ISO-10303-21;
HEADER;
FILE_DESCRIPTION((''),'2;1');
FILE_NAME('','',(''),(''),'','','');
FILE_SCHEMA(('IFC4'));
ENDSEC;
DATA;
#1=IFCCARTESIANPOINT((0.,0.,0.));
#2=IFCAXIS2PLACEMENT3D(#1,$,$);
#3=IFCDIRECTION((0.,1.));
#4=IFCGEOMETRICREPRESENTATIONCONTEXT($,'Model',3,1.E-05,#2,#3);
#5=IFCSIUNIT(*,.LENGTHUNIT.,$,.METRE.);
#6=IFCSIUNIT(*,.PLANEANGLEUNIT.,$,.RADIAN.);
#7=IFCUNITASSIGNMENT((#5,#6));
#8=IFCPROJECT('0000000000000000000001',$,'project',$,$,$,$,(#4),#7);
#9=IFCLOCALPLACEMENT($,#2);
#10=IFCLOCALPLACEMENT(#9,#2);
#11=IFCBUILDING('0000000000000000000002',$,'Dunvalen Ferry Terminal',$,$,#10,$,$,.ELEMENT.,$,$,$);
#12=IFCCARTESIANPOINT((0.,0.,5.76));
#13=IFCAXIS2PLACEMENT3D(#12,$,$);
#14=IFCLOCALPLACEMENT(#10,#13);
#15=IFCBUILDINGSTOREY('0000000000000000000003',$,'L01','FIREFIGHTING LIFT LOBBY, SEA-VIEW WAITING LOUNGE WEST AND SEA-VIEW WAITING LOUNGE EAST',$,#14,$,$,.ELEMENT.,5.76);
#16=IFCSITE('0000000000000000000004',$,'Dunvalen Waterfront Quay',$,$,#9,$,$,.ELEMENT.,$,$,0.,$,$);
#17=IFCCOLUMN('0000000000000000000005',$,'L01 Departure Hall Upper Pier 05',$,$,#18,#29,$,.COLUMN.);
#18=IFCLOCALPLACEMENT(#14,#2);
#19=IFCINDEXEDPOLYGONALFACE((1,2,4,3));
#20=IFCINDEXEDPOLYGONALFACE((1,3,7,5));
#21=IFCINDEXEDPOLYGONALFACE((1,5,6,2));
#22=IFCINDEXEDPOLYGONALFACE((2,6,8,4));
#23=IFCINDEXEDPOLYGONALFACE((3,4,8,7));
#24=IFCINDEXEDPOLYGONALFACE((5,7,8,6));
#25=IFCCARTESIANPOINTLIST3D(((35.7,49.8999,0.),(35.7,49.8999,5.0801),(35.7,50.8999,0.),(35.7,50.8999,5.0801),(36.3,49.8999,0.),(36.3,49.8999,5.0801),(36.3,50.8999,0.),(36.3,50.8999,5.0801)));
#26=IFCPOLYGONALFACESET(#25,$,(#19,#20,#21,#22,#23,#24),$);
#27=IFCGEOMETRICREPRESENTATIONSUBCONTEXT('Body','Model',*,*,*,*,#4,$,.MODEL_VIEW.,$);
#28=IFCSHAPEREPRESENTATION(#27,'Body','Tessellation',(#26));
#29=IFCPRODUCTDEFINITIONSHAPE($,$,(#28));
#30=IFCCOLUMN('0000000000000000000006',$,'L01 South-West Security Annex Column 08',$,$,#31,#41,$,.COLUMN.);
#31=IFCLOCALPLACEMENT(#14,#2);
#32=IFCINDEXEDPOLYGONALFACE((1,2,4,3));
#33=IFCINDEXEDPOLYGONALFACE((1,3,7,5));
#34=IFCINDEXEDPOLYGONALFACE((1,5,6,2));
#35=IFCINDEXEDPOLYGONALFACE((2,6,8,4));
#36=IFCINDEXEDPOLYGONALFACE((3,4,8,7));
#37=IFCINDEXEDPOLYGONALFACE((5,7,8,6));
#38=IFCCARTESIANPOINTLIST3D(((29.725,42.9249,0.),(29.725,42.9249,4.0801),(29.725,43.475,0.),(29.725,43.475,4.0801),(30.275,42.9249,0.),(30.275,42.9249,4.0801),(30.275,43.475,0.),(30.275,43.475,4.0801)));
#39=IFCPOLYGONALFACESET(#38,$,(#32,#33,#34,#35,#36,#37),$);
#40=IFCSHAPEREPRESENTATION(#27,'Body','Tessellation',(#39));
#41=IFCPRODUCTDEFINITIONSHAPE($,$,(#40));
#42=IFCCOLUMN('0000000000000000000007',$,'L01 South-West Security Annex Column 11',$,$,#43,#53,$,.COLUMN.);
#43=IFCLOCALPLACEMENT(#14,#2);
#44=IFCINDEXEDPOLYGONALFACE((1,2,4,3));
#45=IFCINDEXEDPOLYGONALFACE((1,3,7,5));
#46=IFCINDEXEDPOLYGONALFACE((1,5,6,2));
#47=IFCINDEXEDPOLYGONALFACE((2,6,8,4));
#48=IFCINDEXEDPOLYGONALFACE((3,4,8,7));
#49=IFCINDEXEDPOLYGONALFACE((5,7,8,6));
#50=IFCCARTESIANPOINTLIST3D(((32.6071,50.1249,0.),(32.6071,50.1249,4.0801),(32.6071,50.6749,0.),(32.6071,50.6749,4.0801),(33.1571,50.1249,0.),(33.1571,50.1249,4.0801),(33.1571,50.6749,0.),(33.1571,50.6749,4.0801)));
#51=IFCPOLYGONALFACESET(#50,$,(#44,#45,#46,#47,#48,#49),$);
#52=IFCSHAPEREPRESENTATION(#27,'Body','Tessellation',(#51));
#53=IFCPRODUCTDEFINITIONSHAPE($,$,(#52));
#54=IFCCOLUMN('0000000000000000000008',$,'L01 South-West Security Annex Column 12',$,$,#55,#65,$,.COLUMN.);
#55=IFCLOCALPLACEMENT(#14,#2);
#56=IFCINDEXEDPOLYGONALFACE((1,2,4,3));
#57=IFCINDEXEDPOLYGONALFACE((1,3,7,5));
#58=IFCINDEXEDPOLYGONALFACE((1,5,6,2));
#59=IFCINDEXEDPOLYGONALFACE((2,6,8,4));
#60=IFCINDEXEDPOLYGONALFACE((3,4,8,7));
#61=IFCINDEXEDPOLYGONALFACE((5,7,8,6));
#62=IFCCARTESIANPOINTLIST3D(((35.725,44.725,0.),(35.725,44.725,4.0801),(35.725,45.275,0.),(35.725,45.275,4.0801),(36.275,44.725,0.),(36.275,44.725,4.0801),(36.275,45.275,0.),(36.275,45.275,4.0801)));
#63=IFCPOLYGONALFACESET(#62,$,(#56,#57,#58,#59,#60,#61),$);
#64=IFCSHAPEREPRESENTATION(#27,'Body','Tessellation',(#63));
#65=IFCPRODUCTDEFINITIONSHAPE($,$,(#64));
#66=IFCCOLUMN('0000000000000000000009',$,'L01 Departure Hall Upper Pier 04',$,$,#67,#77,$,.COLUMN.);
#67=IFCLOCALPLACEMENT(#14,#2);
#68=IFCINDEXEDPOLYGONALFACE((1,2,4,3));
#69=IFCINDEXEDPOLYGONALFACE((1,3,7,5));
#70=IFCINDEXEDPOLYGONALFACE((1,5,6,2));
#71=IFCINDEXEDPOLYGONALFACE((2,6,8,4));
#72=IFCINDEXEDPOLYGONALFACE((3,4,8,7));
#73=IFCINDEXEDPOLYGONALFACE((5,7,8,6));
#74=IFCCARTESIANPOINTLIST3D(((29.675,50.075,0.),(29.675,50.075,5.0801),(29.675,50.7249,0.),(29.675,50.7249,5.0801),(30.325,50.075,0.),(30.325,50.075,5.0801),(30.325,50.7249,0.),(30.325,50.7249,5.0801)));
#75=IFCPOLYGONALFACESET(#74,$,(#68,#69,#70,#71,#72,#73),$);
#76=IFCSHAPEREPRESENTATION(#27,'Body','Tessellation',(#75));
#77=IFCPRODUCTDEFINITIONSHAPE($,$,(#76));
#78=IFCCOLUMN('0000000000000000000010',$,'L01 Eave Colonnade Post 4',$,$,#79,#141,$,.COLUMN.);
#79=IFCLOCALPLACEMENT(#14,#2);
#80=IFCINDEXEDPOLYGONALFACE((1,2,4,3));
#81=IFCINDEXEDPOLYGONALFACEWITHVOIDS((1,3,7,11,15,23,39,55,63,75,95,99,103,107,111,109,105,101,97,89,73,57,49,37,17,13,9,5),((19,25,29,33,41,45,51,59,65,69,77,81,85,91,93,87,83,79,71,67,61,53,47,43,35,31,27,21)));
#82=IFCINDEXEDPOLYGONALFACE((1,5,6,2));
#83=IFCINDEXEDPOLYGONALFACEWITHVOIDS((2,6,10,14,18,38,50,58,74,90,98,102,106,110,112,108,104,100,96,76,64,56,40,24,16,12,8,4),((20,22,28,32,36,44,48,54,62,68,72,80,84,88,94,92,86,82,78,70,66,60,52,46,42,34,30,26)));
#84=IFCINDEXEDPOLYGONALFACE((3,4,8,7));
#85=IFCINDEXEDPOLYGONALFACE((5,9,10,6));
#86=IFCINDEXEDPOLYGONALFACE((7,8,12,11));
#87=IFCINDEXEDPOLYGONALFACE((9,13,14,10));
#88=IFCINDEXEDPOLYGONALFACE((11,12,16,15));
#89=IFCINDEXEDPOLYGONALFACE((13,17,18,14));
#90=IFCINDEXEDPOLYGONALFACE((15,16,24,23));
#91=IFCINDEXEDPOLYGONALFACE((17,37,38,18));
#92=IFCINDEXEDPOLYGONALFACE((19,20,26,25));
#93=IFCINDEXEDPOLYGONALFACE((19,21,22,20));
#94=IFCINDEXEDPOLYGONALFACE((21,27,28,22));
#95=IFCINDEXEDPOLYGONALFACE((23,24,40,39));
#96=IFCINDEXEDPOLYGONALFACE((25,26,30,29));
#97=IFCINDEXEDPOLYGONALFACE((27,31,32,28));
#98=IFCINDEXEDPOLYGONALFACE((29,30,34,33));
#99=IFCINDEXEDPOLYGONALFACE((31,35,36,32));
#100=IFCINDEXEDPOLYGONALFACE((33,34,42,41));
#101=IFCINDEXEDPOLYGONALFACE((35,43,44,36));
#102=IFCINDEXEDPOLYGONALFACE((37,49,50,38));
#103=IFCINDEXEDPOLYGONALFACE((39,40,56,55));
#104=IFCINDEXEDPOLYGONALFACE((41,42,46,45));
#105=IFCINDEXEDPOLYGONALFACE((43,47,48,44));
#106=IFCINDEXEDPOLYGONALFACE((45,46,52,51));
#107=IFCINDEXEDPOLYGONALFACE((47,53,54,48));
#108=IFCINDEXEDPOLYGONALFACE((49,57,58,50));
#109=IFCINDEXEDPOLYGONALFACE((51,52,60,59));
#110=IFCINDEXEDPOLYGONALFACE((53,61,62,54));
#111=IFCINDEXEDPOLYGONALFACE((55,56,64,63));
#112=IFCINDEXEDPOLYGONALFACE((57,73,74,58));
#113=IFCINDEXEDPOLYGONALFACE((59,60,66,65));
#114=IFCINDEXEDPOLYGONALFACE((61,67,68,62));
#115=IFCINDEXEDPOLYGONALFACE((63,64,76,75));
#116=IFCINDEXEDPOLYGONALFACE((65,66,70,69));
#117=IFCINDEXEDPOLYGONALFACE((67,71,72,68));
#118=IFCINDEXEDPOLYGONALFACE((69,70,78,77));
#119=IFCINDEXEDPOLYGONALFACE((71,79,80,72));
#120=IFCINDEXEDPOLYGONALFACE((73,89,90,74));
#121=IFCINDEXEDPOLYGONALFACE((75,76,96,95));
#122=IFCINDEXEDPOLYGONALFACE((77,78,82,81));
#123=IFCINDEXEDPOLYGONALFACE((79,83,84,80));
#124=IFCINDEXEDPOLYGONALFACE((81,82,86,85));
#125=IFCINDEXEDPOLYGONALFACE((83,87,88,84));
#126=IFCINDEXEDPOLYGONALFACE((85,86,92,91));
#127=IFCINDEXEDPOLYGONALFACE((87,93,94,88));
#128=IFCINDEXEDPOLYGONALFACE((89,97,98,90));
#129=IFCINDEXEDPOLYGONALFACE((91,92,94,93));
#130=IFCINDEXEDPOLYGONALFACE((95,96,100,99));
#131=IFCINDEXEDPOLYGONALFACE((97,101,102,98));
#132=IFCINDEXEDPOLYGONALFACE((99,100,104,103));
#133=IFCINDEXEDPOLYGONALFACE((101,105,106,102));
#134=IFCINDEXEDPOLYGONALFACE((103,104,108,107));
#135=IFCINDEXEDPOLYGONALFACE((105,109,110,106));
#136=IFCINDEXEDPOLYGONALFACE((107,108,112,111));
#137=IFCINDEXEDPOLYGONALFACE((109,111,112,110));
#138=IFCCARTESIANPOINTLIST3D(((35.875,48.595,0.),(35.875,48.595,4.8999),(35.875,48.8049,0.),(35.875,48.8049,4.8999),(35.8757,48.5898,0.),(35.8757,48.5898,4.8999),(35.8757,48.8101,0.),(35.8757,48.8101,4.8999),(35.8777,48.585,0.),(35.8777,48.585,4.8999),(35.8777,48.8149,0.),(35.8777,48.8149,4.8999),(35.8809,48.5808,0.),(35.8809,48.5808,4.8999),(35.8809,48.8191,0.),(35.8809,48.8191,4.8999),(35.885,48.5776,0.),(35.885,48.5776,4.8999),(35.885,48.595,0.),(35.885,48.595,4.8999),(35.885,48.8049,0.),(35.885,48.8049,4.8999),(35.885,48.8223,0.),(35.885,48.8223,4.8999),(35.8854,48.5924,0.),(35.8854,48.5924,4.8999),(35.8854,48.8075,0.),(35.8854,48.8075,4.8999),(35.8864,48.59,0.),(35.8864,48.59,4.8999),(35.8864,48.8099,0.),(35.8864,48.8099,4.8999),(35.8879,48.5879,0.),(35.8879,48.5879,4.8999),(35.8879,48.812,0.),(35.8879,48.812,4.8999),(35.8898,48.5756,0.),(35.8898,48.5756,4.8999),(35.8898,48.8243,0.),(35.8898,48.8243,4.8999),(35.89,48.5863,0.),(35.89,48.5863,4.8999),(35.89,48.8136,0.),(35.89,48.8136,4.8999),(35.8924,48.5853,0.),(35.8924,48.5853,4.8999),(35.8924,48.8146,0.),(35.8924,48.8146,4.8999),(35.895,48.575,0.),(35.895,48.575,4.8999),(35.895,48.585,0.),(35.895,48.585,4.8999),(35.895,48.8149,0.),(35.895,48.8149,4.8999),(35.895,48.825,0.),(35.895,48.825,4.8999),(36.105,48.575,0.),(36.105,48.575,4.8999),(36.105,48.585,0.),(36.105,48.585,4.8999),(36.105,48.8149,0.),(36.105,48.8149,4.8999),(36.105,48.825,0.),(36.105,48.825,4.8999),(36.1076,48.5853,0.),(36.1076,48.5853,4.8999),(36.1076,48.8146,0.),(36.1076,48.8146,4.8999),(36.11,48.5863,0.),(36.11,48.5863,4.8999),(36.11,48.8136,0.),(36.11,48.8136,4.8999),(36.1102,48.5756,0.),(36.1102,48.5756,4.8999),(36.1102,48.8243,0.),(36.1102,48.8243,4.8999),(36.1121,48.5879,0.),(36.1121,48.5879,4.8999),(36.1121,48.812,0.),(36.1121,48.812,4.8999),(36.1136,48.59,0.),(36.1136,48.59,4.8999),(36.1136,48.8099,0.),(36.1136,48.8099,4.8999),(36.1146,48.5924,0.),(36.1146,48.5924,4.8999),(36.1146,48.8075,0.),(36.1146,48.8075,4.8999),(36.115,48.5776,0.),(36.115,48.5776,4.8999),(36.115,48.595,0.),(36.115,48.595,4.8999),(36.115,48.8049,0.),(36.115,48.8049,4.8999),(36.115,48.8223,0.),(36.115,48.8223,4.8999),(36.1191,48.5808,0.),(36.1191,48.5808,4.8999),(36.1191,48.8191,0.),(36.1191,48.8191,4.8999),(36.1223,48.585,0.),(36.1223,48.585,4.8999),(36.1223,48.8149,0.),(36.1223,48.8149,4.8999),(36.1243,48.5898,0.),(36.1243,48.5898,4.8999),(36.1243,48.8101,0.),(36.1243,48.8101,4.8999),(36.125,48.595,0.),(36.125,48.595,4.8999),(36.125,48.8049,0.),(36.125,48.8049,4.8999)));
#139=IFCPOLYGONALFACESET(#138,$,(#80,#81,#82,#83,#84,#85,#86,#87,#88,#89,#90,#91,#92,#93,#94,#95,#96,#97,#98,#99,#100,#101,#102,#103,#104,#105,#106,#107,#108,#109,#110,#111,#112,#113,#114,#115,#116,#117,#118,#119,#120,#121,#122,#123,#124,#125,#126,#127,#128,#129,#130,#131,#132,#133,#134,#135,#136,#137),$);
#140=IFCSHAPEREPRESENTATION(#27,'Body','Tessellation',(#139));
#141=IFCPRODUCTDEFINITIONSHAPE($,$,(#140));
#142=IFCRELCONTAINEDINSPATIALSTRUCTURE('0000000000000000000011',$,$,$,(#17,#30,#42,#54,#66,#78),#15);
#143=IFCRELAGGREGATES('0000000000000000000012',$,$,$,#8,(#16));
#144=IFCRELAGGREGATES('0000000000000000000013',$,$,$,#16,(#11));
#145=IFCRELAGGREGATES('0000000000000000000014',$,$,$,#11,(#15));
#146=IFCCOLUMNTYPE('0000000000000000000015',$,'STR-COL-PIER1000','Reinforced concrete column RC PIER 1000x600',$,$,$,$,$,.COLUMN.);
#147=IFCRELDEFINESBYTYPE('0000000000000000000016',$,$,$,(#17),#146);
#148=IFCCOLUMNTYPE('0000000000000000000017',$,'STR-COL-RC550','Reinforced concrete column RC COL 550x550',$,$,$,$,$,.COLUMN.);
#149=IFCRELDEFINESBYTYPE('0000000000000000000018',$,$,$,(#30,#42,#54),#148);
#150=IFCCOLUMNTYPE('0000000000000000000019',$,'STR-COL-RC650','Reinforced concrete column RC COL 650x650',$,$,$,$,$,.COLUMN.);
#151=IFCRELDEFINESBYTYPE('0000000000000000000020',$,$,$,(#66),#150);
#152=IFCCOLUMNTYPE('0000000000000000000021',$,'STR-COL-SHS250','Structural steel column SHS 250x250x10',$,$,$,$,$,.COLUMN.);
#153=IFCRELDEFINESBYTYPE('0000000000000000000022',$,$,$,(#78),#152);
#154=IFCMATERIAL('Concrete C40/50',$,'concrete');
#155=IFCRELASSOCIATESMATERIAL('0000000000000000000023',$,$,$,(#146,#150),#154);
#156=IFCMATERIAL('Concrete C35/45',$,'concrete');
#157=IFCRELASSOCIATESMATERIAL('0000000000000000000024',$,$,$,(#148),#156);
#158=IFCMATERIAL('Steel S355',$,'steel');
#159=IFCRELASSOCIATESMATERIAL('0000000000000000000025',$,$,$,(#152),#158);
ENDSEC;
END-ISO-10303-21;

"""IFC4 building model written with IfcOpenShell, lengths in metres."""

from ifc_helpers import new_model, si_unit, direction, frame, origin, origin_2d, place, context, subcontext, project, spatial, rectangle, hollow_rectangle, extrude, material, material_profile, profile_set, type_object, element, save


model = new_model("IFC4")

# Units and contexts
model_context = context("Model", 3, precision=1e-05, world=origin(), true_north=direction((0.0, 1.0)))
body_context = subcontext(model_context, "Body", "Model", "MODEL_VIEW")
ifc_project = project(units=[si_unit("LENGTHUNIT", "METRE"), si_unit("PLANEANGLEUNIT", "RADIAN")], contexts=[model_context])

# Site, building, storey
site_placement = place(None, origin())
site = spatial("IfcSite", under=ifc_project, at=site_placement, Name="Dunvalen Waterfront Quay", CompositionType="ELEMENT", RefElevation=0.0)
building_placement = place(site_placement, origin())
building = spatial("IfcBuilding", under=site, at=building_placement, Name="Dunvalen Ferry Terminal", CompositionType="ELEMENT")
storey_placement = place(building_placement, frame((0.0, 0.0, 5.76)))
storey = spatial("IfcBuildingStorey", under=building, at=storey_placement, Name="L01", Description="FIREFIGHTING LIFT LOBBY, SEA-VIEW WAITING LOUNGE WEST AND SEA-VIEW WAITING LOUNGE EAST", CompositionType="ELEMENT", Elevation=5.76)

# Columns
ifc_material_1 = material(Name="Concrete C40/50", Category="concrete")
ifc_material_profile_1 = material_profile(ifc_material_1, rectangle(XDim=0.6001, YDim=1.0, at=origin_2d()), Name="Concrete C40/50")
ifc_profile_set_1 = profile_set([ifc_material_profile_1], Name="Concrete C40/50")
column_type_1 = type_object("IfcColumnType", Name="STR-COL-PIER1000", Description="Reinforced concrete column RC PIER 1000x600", PredefinedType="COLUMN", material=ifc_profile_set_1)
column_1_placement = place(storey_placement, frame((36.0, 50.3999, 0.0), z_axis=(0.0, 0.0, 1.0), x_axis=(1.0, 0.0, 0.0)))
element("IfcColumn", 1, at=column_1_placement, inside=storey, type_object=column_type_1, Name="L01 Departure Hall Upper Pier 05", PredefinedType="COLUMN", context=body_context, shape_type="SweptSolid", body=[
    extrude(rectangle(XDim=0.6001, YDim=1.0, at=origin_2d()), origin(), (0.0, 0.0, 1.0), 5.0801),
])
ifc_material_2 = material(Name="Concrete C35/45", Category="concrete")
ifc_material_profile_2 = material_profile(ifc_material_2, rectangle(XDim=0.55, YDim=0.55, at=origin_2d()), Name="Concrete C35/45")
ifc_profile_set_2 = profile_set([ifc_material_profile_2], Name="Concrete C35/45")
column_type_2 = type_object("IfcColumnType", Name="STR-COL-RC550", Description="Reinforced concrete column RC COL 550x550", PredefinedType="COLUMN", material=ifc_profile_set_2)
for number, where, z_axis, x_axis, name in (
    (2, (30.0, 43.2, 0.0), (0.0, 0.0, 1.0), (1.0, 0.0, 0.0), "L01 South-West Security Annex Column 08"),
    (3, (32.8821, 50.3999, 0.0), (0.0, 0.0, 1.0), (1.0, 0.0, 0.0), "L01 South-West Security Annex Column 11"),
    (4, (36.0, 45.0, 0.0), (0.0, 0.0, 1.0), (1.0, 0.0, 0.0), "L01 South-West Security Annex Column 12"),
):
    element("IfcColumn", number, at=place(storey_placement, frame(where, z_axis=z_axis, x_axis=x_axis)), inside=storey, type_object=column_type_2, Name=name, PredefinedType="COLUMN", context=body_context, shape_type="SweptSolid", body=[
        extrude(rectangle(XDim=0.55, YDim=0.55, at=origin_2d()), origin(), (0.0, 0.0, 1.0), 4.0801),
    ])
ifc_material_profile_3 = material_profile(ifc_material_1, rectangle(XDim=0.6499, YDim=0.6499, at=origin_2d()), Name="Concrete C40/50")
ifc_profile_set_3 = profile_set([ifc_material_profile_3], Name="Concrete C40/50")
column_type_3 = type_object("IfcColumnType", Name="STR-COL-RC650", Description="Reinforced concrete column RC COL 650x650", PredefinedType="COLUMN", material=ifc_profile_set_3)
column_2_placement = place(storey_placement, frame((30.0, 50.3999, 0.0), z_axis=(0.0, 0.0, 1.0), x_axis=(1.0, 0.0, 0.0)))
element("IfcColumn", 5, at=column_2_placement, inside=storey, type_object=column_type_3, Name="L01 Departure Hall Upper Pier 04", PredefinedType="COLUMN", context=body_context, shape_type="SweptSolid", body=[
    extrude(rectangle(XDim=0.6499, YDim=0.6499, at=origin_2d()), origin(), (0.0, 0.0, 1.0), 5.0801),
])
ifc_material_3 = material(Name="Steel S355", Category="steel")
ifc_material_profile_4 = material_profile(ifc_material_3, hollow_rectangle(XDim=0.25, YDim=0.25, WallThickness=0.01, InnerFilletRadius=0.01, OuterFilletRadius=0.02, at=origin_2d()), Name="Steel S355")
ifc_profile_set_4 = profile_set([ifc_material_profile_4], Name="Steel S355")
column_type_4 = type_object("IfcColumnType", Name="STR-COL-SHS250", Description="Structural steel column SHS 250x250x10", PredefinedType="COLUMN", material=ifc_profile_set_4)
column_3_placement = place(storey_placement, frame((36.0, 48.7, 0.0), z_axis=(0.0, 0.0, 1.0), x_axis=(1.0, 0.0, 0.0)))
element("IfcColumn", 6, at=column_3_placement, inside=storey, type_object=column_type_4, Name="L01 Eave Colonnade Post 4", PredefinedType="COLUMN", context=body_context, shape_type="SweptSolid", body=[
    extrude(hollow_rectangle(XDim=0.25, YDim=0.25, WallThickness=0.01, InnerFilletRadius=0.01, OuterFilletRadius=0.02, at=origin_2d()), origin(), (0.0, 0.0, 1.0), 4.8999),
])

save(model, "model.ifc")
